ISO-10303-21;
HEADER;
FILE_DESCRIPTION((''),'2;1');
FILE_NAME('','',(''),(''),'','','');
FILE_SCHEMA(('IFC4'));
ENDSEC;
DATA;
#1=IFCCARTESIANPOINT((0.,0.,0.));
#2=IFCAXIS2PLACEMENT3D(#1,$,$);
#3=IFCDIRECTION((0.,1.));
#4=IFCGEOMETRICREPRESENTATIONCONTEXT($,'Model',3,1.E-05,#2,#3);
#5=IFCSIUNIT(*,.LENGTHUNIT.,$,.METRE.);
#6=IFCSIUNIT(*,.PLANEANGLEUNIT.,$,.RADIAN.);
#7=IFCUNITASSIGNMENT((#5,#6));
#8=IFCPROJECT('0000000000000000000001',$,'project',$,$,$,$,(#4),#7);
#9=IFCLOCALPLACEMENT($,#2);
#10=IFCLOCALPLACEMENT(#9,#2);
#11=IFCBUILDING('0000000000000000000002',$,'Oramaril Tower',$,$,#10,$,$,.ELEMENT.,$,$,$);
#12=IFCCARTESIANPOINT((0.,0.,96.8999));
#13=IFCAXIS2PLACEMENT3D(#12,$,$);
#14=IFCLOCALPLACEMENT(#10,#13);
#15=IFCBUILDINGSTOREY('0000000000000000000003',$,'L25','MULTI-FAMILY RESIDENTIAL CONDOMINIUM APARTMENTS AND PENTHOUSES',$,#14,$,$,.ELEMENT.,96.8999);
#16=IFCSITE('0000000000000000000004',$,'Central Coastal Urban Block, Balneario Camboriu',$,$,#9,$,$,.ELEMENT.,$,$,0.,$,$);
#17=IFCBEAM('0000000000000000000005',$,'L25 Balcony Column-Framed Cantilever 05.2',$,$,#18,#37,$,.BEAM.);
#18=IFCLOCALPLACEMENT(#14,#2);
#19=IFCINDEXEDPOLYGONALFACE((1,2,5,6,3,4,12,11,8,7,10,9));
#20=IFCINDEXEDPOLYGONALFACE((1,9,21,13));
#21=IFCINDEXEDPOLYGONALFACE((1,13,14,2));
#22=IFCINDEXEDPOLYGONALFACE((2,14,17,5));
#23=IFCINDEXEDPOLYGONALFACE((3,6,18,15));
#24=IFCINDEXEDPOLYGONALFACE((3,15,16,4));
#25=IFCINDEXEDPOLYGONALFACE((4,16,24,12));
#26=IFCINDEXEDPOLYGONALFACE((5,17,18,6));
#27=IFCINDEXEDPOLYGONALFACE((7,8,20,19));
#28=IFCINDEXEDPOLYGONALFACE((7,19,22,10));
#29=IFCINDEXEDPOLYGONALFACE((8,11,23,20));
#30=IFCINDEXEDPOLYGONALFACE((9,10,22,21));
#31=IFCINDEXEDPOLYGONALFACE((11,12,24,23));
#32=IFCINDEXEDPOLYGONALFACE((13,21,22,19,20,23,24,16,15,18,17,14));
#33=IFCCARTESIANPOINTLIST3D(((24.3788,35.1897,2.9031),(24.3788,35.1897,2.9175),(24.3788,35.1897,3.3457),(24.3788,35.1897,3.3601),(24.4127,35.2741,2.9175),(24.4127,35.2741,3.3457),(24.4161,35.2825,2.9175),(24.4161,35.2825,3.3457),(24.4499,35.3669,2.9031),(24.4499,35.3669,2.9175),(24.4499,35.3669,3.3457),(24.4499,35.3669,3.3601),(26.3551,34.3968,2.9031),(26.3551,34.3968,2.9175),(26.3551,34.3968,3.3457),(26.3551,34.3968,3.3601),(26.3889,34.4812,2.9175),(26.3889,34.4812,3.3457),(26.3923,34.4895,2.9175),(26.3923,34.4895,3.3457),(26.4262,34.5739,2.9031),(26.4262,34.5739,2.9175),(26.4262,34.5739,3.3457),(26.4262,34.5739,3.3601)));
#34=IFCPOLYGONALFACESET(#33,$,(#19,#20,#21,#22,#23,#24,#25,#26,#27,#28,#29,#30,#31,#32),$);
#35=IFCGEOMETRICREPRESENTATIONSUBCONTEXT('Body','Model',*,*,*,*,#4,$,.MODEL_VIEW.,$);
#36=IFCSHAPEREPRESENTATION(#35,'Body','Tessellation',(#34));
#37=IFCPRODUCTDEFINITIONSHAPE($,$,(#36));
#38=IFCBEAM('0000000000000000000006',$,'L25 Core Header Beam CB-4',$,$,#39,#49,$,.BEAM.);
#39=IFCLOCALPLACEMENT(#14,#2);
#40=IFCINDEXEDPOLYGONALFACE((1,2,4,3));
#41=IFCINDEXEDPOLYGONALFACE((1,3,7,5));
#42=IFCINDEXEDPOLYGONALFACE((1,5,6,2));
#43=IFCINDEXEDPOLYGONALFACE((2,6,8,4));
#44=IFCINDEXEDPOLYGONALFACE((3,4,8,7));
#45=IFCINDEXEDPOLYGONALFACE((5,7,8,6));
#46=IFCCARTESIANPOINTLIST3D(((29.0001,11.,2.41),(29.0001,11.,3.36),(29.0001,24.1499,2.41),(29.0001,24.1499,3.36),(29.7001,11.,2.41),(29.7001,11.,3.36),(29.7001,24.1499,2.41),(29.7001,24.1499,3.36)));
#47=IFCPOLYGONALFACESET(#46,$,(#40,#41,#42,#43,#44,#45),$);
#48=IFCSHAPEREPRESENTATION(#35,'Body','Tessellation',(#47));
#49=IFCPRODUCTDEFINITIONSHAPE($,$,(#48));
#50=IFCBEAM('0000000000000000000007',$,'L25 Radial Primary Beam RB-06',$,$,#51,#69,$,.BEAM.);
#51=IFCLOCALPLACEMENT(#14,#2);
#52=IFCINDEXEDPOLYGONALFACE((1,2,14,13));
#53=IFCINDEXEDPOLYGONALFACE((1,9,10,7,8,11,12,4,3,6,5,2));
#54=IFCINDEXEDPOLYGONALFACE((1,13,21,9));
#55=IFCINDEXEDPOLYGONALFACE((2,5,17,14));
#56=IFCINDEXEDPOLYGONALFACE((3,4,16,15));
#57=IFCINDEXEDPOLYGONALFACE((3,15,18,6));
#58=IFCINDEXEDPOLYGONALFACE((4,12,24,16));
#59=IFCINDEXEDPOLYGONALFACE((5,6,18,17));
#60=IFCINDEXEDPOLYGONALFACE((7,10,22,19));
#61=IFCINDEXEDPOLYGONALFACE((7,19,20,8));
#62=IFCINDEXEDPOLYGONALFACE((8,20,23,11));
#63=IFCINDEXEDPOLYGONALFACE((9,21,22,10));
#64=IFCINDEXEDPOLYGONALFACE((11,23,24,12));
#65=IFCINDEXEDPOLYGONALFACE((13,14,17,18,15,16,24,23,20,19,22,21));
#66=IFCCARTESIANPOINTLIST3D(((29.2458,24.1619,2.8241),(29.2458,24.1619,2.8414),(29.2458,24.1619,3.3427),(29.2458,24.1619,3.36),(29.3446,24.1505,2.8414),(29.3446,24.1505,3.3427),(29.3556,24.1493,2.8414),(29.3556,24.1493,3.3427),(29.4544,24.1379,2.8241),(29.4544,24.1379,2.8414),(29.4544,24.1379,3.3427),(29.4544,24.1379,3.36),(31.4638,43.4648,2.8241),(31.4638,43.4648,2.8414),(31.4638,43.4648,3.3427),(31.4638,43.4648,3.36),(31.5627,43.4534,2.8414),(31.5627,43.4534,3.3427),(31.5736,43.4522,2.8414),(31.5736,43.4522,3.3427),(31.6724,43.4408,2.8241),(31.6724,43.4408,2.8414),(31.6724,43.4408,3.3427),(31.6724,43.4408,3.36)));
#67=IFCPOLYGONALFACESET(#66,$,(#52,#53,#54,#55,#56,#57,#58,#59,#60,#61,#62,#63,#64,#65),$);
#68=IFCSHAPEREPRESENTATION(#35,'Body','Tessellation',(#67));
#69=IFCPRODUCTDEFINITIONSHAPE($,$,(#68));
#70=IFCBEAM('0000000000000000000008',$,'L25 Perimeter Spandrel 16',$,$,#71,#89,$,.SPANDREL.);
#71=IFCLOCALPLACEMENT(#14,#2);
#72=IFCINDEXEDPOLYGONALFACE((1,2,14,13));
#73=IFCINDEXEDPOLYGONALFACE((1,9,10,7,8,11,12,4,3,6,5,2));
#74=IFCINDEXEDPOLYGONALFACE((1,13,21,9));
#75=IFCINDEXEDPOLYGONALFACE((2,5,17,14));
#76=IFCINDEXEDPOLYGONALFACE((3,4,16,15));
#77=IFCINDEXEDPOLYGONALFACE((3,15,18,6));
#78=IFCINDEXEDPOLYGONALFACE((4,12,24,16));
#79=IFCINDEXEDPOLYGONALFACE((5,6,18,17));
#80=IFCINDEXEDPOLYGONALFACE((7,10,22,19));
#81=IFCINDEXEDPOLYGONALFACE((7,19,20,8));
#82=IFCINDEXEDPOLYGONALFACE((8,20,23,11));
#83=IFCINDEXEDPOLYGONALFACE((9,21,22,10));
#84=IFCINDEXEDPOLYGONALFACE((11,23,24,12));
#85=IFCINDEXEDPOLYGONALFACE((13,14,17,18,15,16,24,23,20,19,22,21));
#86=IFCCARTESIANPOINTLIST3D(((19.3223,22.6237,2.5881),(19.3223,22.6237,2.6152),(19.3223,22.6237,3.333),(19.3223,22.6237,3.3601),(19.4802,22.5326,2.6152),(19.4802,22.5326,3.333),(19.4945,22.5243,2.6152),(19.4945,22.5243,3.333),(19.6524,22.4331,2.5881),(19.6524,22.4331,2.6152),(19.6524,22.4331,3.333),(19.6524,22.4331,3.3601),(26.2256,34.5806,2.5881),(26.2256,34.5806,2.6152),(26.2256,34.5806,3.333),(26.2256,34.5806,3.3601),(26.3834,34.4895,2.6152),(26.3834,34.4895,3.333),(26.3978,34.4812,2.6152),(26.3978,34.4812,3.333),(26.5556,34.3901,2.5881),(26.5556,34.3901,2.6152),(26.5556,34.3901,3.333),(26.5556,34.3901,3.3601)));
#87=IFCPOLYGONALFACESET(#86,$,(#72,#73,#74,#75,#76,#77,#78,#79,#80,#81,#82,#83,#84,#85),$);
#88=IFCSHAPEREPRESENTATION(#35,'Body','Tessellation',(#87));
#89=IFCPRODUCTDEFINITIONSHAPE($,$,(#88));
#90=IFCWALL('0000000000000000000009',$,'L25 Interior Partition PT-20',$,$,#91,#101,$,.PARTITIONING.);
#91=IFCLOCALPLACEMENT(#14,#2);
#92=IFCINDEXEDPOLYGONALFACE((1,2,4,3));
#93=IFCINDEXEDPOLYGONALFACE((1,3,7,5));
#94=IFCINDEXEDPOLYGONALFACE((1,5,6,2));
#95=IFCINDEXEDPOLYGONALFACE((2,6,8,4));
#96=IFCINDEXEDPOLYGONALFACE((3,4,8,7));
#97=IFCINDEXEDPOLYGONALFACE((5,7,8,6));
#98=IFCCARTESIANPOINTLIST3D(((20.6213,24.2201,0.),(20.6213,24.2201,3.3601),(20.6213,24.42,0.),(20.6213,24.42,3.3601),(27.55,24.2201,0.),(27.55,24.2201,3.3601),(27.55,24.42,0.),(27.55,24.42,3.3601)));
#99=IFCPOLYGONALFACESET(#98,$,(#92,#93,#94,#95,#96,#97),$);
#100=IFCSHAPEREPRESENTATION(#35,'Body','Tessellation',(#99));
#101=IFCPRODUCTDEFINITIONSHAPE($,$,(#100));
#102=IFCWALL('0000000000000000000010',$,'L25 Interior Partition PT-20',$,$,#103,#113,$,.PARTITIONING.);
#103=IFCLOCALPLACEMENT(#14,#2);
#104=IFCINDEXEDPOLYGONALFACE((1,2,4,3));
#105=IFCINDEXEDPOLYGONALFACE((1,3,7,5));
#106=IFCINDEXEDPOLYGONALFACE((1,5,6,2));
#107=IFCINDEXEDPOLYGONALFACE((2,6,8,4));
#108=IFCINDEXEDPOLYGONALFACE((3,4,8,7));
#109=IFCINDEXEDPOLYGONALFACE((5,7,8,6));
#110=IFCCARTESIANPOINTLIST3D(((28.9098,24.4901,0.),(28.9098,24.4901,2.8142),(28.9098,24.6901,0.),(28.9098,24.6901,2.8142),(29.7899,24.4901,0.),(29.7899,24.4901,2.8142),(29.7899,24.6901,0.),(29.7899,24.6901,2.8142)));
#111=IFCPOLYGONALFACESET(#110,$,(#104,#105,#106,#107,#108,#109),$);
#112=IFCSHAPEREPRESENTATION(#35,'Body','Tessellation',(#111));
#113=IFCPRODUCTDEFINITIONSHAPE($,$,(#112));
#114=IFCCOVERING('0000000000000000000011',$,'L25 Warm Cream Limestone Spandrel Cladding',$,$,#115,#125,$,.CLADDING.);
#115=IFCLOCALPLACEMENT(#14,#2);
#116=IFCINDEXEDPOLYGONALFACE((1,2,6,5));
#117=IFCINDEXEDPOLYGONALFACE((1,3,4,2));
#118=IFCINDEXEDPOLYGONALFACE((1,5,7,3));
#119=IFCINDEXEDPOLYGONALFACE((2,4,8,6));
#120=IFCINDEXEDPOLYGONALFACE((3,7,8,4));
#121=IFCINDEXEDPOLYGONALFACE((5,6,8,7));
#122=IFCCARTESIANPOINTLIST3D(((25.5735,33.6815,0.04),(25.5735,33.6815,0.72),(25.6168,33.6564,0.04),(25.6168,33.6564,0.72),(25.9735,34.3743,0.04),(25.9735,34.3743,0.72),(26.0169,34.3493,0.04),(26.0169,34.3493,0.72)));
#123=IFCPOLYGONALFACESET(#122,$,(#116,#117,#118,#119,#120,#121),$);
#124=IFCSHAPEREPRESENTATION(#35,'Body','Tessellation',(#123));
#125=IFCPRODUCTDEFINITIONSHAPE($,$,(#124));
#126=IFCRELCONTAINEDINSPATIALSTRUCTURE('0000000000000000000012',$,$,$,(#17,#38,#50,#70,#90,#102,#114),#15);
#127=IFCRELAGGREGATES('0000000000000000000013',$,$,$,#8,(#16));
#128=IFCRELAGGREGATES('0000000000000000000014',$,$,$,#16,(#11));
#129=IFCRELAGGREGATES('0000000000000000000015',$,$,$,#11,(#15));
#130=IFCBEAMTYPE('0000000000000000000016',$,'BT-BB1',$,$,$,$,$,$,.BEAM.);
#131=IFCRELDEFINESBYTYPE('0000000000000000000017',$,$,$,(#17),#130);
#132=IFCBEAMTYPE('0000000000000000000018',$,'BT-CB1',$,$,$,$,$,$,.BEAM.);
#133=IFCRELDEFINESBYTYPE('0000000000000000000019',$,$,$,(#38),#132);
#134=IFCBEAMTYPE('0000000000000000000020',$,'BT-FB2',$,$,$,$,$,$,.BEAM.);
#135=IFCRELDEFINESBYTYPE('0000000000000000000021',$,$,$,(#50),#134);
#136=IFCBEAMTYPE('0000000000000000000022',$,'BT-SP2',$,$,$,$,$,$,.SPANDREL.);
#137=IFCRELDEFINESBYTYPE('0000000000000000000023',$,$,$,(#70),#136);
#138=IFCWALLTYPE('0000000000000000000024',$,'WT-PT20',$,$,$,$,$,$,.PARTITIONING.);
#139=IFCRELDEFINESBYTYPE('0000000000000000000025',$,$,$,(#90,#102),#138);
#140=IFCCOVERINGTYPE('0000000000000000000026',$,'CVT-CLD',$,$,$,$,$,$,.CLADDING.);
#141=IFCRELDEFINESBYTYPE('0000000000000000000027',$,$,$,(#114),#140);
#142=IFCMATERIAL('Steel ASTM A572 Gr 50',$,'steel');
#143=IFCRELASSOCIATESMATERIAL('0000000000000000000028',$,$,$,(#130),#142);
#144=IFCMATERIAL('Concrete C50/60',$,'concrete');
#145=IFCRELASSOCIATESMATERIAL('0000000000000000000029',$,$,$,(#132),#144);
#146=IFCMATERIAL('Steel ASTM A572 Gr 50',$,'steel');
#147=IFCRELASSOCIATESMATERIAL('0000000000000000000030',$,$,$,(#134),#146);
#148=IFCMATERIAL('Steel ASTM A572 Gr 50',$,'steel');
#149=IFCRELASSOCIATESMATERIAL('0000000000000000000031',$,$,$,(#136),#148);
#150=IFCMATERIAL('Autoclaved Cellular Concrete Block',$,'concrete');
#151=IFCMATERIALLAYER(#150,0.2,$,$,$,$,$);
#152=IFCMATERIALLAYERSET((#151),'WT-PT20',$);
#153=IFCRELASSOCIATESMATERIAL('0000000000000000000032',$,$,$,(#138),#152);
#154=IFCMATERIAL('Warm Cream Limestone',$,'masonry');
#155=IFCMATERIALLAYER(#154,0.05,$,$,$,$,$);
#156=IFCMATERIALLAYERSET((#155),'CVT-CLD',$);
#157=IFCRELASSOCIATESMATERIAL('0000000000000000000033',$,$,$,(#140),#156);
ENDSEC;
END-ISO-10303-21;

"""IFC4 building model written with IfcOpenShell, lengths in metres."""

from ifc_helpers import new_model, si_unit, direction, frame, frame_2d, origin, origin_2d, place, context, subcontext, project, spatial, rectangle, i_section, extrude, material, layer, layer_set, material_profile, profile_set, type_object, element, save


model = new_model("IFC4")

# Units and contexts
model_context = context("Model", 3, precision=1e-05, world=origin(), true_north=direction((0.0, 1.0)))
body_context = subcontext(model_context, "Body", "Model", "MODEL_VIEW")
ifc_project = project(units=[si_unit("LENGTHUNIT", "METRE"), si_unit("PLANEANGLEUNIT", "RADIAN")], contexts=[model_context])

# Site, building, storey
site_placement = place(None, origin())
site = spatial("IfcSite", under=ifc_project, at=site_placement, Name="Central Coastal Urban Block, Balneario Camboriu", CompositionType="ELEMENT", RefElevation=0.0)
building_placement = place(site_placement, origin())
building = spatial("IfcBuilding", under=site, at=building_placement, Name="Oramaril Tower", CompositionType="ELEMENT")
storey_placement = place(building_placement, frame((0.0, 0.0, 96.8999)))
storey = spatial("IfcBuildingStorey", under=building, at=storey_placement, Name="L25", Description="MULTI-FAMILY RESIDENTIAL CONDOMINIUM APARTMENTS AND PENTHOUSES", CompositionType="ELEMENT", Elevation=96.8999)

# Beams
ifc_material_1 = material(Name="Steel ASTM A572 Gr 50", Category="steel")
ifc_material_profile_1 = material_profile(ifc_material_1, i_section(OverallWidth=0.1909, OverallDepth=0.457, WebThickness=0.009, FlangeThickness=0.0144, at=origin_2d()), Name="W18X50")
ifc_profile_set_1 = profile_set([ifc_material_profile_1], Name="Steel ASTM A572 Gr 50")
beam_type_1 = type_object("IfcBeamType", Name="BT-BB1", PredefinedType="BEAM", material=ifc_profile_set_1)
beam_1_placement = place(storey_placement, frame((26.3906, 34.4854, 3.1316), z_axis=(-0.928081, 0.372379, 0.0), x_axis=(-0.372379, -0.928081, 0.0)))
element("IfcBeam", 1, at=beam_1_placement, inside=storey, type_object=beam_type_1, Name="L25 Balcony Column-Framed Cantilever 05.2", PredefinedType="BEAM", context=body_context, shape_type="SweptSolid", body=[
    extrude(i_section(OverallWidth=0.1909, OverallDepth=0.457, WebThickness=0.009, FlangeThickness=0.0144, at=origin_2d()), origin(), (0.0, 0.0, 1.0), 2.1294),
])
ifc_material_2 = material(Name="Concrete C50/60", Category="concrete")
ifc_material_profile_2 = material_profile(ifc_material_2, rectangle(XDim=0.7, YDim=0.95, at=origin_2d()), Name="CB700X950")
ifc_profile_set_2 = profile_set([ifc_material_profile_2], Name="Concrete C50/60")
beam_type_2 = type_object("IfcBeamType", Name="BT-CB1", PredefinedType="BEAM", material=ifc_profile_set_2)
beam_2_placement = place(storey_placement, frame((29.3501, 24.1499, 2.885), z_axis=(0.0, -1.0, 0.0), x_axis=(1.0, 0.0, 0.0)))
element("IfcBeam", 2, at=beam_2_placement, inside=storey, type_object=beam_type_2, Name="L25 Core Header Beam CB-4", PredefinedType="BEAM", context=body_context, shape_type="SweptSolid", body=[
    extrude(rectangle(XDim=0.7, YDim=0.95, at=origin_2d()), origin(), (0.0, 0.0, 1.0), 13.1499),
])
ifc_material_3 = material(Name="Steel ASTM A572 Gr 50", Category="steel")
ifc_material_profile_3 = material_profile(ifc_material_3, i_section(OverallWidth=0.21, OverallDepth=0.5359, WebThickness=0.011, FlangeThickness=0.0173, at=origin_2d()), Name="W21X68")
ifc_profile_set_3 = profile_set([ifc_material_profile_3], Name="Steel ASTM A572 Gr 50")
beam_type_3 = type_object("IfcBeamType", Name="BT-FB2", PredefinedType="BEAM", material=ifc_profile_set_3)
beam_3_placement = place(storey_placement, frame((29.3501, 24.1499, 3.092), z_axis=(0.114154, 0.993463, 0.0), x_axis=(-0.993463, 0.114154, 0.0)))
element("IfcBeam", 3, at=beam_3_placement, inside=storey, type_object=beam_type_3, Name="L25 Radial Primary Beam RB-06", PredefinedType="BEAM", context=body_context, shape_type="SweptSolid", body=[
    extrude(i_section(OverallWidth=0.21, OverallDepth=0.5359, WebThickness=0.011, FlangeThickness=0.0173, at=origin_2d()), origin(), (0.0, 0.0, 1.0), 19.4299),
])
ifc_material_4 = material(Name="Steel ASTM A572 Gr 50", Category="steel")
ifc_material_profile_4 = material_profile(ifc_material_4, i_section(OverallWidth=0.3811, OverallDepth=0.772, WebThickness=0.0166, FlangeThickness=0.0271, at=origin_2d()), Name="W30X173")
ifc_profile_set_4 = profile_set([ifc_material_profile_4], Name="Steel ASTM A572 Gr 50")
beam_type_4 = type_object("IfcBeamType", Name="BT-SP2", PredefinedType="SPANDREL", material=ifc_profile_set_4)
beam_4_placement = place(storey_placement, frame((26.3906, 34.4854, 2.9741), z_axis=(-0.499996, -0.866028, 0.0), x_axis=(0.866028, -0.499996, 0.0)))
element("IfcBeam", 4, at=beam_4_placement, inside=storey, type_object=beam_type_4, Name="L25 Perimeter Spandrel 16", PredefinedType="SPANDREL", context=body_context, shape_type="SweptSolid", body=[
    extrude(i_section(OverallWidth=0.3811, OverallDepth=0.772, WebThickness=0.0166, FlangeThickness=0.0271, at=origin_2d()), origin(), (0.0, 0.0, 1.0), 13.8066),
])

# Walls
ifc_material_5 = material(Name="Autoclaved Cellular Concrete Block", Category="concrete")
ifc_layer_1 = layer(ifc_material_5, 0.2)
ifc_layer_set_1 = layer_set([ifc_layer_1], Name="WT-PT20")
wall_type_1 = type_object("IfcWallType", Name="WT-PT20", PredefinedType="PARTITIONING", material=ifc_layer_set_1)
wall_1_placement = place(storey_placement, frame((20.6213, 24.3201, 0.0), z_axis=(0.0, 0.0, 1.0), x_axis=(1.0, 0.0, 0.0)))
element("IfcWall", 5, at=wall_1_placement, inside=storey, type_object=wall_type_1, Name="L25 Interior Partition PT-20", PredefinedType="PARTITIONING", context=body_context, shape_type="SweptSolid", body=[
    extrude(rectangle(XDim=6.9287, YDim=0.2, at=frame_2d((3.4644, 0.0))), origin(), (0.0, 0.0, 1.0), 3.3601),
])
wall_2_placement = place(storey_placement, frame((28.9099, 24.5901, 0.0), z_axis=(0.0, 0.0, 1.0), x_axis=(1.0, 0.0, 0.0)))
element("IfcWall", 6, at=wall_2_placement, inside=storey, type_object=wall_type_1, Name="L25 Interior Partition PT-20", PredefinedType="PARTITIONING", context=body_context, shape_type="SweptSolid", body=[
    extrude(rectangle(XDim=0.8801, YDim=0.2, at=frame_2d((0.4399, 0.0))), origin(), (0.0, 0.0, 1.0), 2.8142),
])

# Covering
ifc_material_6 = material(Name="Warm Cream Limestone", Category="masonry")
ifc_layer_2 = layer(ifc_material_6, 0.05)
ifc_layer_set_2 = layer_set([ifc_layer_2], Name="CVT-CLD")
covering_type = type_object("IfcCoveringType", Name="CVT-CLD", PredefinedType="CLADDING", material=ifc_layer_set_2)
covering_placement = place(storey_placement, frame((25.7952, 34.0154, 0.04), z_axis=(0.0, 0.0, 1.0), x_axis=(-0.5, -0.866025, 0.0)))
element("IfcCovering", 7, at=covering_placement, inside=storey, type_object=covering_type, Name="L25 Warm Cream Limestone Spandrel Cladding", PredefinedType="CLADDING", context=body_context, shape_type="SweptSolid", body=[
    extrude(rectangle(XDim=0.8, YDim=0.05, at=origin_2d()), origin(), (0.0, 0.0, 1.0), 0.6799),
])

save(model, "model.ifc")
